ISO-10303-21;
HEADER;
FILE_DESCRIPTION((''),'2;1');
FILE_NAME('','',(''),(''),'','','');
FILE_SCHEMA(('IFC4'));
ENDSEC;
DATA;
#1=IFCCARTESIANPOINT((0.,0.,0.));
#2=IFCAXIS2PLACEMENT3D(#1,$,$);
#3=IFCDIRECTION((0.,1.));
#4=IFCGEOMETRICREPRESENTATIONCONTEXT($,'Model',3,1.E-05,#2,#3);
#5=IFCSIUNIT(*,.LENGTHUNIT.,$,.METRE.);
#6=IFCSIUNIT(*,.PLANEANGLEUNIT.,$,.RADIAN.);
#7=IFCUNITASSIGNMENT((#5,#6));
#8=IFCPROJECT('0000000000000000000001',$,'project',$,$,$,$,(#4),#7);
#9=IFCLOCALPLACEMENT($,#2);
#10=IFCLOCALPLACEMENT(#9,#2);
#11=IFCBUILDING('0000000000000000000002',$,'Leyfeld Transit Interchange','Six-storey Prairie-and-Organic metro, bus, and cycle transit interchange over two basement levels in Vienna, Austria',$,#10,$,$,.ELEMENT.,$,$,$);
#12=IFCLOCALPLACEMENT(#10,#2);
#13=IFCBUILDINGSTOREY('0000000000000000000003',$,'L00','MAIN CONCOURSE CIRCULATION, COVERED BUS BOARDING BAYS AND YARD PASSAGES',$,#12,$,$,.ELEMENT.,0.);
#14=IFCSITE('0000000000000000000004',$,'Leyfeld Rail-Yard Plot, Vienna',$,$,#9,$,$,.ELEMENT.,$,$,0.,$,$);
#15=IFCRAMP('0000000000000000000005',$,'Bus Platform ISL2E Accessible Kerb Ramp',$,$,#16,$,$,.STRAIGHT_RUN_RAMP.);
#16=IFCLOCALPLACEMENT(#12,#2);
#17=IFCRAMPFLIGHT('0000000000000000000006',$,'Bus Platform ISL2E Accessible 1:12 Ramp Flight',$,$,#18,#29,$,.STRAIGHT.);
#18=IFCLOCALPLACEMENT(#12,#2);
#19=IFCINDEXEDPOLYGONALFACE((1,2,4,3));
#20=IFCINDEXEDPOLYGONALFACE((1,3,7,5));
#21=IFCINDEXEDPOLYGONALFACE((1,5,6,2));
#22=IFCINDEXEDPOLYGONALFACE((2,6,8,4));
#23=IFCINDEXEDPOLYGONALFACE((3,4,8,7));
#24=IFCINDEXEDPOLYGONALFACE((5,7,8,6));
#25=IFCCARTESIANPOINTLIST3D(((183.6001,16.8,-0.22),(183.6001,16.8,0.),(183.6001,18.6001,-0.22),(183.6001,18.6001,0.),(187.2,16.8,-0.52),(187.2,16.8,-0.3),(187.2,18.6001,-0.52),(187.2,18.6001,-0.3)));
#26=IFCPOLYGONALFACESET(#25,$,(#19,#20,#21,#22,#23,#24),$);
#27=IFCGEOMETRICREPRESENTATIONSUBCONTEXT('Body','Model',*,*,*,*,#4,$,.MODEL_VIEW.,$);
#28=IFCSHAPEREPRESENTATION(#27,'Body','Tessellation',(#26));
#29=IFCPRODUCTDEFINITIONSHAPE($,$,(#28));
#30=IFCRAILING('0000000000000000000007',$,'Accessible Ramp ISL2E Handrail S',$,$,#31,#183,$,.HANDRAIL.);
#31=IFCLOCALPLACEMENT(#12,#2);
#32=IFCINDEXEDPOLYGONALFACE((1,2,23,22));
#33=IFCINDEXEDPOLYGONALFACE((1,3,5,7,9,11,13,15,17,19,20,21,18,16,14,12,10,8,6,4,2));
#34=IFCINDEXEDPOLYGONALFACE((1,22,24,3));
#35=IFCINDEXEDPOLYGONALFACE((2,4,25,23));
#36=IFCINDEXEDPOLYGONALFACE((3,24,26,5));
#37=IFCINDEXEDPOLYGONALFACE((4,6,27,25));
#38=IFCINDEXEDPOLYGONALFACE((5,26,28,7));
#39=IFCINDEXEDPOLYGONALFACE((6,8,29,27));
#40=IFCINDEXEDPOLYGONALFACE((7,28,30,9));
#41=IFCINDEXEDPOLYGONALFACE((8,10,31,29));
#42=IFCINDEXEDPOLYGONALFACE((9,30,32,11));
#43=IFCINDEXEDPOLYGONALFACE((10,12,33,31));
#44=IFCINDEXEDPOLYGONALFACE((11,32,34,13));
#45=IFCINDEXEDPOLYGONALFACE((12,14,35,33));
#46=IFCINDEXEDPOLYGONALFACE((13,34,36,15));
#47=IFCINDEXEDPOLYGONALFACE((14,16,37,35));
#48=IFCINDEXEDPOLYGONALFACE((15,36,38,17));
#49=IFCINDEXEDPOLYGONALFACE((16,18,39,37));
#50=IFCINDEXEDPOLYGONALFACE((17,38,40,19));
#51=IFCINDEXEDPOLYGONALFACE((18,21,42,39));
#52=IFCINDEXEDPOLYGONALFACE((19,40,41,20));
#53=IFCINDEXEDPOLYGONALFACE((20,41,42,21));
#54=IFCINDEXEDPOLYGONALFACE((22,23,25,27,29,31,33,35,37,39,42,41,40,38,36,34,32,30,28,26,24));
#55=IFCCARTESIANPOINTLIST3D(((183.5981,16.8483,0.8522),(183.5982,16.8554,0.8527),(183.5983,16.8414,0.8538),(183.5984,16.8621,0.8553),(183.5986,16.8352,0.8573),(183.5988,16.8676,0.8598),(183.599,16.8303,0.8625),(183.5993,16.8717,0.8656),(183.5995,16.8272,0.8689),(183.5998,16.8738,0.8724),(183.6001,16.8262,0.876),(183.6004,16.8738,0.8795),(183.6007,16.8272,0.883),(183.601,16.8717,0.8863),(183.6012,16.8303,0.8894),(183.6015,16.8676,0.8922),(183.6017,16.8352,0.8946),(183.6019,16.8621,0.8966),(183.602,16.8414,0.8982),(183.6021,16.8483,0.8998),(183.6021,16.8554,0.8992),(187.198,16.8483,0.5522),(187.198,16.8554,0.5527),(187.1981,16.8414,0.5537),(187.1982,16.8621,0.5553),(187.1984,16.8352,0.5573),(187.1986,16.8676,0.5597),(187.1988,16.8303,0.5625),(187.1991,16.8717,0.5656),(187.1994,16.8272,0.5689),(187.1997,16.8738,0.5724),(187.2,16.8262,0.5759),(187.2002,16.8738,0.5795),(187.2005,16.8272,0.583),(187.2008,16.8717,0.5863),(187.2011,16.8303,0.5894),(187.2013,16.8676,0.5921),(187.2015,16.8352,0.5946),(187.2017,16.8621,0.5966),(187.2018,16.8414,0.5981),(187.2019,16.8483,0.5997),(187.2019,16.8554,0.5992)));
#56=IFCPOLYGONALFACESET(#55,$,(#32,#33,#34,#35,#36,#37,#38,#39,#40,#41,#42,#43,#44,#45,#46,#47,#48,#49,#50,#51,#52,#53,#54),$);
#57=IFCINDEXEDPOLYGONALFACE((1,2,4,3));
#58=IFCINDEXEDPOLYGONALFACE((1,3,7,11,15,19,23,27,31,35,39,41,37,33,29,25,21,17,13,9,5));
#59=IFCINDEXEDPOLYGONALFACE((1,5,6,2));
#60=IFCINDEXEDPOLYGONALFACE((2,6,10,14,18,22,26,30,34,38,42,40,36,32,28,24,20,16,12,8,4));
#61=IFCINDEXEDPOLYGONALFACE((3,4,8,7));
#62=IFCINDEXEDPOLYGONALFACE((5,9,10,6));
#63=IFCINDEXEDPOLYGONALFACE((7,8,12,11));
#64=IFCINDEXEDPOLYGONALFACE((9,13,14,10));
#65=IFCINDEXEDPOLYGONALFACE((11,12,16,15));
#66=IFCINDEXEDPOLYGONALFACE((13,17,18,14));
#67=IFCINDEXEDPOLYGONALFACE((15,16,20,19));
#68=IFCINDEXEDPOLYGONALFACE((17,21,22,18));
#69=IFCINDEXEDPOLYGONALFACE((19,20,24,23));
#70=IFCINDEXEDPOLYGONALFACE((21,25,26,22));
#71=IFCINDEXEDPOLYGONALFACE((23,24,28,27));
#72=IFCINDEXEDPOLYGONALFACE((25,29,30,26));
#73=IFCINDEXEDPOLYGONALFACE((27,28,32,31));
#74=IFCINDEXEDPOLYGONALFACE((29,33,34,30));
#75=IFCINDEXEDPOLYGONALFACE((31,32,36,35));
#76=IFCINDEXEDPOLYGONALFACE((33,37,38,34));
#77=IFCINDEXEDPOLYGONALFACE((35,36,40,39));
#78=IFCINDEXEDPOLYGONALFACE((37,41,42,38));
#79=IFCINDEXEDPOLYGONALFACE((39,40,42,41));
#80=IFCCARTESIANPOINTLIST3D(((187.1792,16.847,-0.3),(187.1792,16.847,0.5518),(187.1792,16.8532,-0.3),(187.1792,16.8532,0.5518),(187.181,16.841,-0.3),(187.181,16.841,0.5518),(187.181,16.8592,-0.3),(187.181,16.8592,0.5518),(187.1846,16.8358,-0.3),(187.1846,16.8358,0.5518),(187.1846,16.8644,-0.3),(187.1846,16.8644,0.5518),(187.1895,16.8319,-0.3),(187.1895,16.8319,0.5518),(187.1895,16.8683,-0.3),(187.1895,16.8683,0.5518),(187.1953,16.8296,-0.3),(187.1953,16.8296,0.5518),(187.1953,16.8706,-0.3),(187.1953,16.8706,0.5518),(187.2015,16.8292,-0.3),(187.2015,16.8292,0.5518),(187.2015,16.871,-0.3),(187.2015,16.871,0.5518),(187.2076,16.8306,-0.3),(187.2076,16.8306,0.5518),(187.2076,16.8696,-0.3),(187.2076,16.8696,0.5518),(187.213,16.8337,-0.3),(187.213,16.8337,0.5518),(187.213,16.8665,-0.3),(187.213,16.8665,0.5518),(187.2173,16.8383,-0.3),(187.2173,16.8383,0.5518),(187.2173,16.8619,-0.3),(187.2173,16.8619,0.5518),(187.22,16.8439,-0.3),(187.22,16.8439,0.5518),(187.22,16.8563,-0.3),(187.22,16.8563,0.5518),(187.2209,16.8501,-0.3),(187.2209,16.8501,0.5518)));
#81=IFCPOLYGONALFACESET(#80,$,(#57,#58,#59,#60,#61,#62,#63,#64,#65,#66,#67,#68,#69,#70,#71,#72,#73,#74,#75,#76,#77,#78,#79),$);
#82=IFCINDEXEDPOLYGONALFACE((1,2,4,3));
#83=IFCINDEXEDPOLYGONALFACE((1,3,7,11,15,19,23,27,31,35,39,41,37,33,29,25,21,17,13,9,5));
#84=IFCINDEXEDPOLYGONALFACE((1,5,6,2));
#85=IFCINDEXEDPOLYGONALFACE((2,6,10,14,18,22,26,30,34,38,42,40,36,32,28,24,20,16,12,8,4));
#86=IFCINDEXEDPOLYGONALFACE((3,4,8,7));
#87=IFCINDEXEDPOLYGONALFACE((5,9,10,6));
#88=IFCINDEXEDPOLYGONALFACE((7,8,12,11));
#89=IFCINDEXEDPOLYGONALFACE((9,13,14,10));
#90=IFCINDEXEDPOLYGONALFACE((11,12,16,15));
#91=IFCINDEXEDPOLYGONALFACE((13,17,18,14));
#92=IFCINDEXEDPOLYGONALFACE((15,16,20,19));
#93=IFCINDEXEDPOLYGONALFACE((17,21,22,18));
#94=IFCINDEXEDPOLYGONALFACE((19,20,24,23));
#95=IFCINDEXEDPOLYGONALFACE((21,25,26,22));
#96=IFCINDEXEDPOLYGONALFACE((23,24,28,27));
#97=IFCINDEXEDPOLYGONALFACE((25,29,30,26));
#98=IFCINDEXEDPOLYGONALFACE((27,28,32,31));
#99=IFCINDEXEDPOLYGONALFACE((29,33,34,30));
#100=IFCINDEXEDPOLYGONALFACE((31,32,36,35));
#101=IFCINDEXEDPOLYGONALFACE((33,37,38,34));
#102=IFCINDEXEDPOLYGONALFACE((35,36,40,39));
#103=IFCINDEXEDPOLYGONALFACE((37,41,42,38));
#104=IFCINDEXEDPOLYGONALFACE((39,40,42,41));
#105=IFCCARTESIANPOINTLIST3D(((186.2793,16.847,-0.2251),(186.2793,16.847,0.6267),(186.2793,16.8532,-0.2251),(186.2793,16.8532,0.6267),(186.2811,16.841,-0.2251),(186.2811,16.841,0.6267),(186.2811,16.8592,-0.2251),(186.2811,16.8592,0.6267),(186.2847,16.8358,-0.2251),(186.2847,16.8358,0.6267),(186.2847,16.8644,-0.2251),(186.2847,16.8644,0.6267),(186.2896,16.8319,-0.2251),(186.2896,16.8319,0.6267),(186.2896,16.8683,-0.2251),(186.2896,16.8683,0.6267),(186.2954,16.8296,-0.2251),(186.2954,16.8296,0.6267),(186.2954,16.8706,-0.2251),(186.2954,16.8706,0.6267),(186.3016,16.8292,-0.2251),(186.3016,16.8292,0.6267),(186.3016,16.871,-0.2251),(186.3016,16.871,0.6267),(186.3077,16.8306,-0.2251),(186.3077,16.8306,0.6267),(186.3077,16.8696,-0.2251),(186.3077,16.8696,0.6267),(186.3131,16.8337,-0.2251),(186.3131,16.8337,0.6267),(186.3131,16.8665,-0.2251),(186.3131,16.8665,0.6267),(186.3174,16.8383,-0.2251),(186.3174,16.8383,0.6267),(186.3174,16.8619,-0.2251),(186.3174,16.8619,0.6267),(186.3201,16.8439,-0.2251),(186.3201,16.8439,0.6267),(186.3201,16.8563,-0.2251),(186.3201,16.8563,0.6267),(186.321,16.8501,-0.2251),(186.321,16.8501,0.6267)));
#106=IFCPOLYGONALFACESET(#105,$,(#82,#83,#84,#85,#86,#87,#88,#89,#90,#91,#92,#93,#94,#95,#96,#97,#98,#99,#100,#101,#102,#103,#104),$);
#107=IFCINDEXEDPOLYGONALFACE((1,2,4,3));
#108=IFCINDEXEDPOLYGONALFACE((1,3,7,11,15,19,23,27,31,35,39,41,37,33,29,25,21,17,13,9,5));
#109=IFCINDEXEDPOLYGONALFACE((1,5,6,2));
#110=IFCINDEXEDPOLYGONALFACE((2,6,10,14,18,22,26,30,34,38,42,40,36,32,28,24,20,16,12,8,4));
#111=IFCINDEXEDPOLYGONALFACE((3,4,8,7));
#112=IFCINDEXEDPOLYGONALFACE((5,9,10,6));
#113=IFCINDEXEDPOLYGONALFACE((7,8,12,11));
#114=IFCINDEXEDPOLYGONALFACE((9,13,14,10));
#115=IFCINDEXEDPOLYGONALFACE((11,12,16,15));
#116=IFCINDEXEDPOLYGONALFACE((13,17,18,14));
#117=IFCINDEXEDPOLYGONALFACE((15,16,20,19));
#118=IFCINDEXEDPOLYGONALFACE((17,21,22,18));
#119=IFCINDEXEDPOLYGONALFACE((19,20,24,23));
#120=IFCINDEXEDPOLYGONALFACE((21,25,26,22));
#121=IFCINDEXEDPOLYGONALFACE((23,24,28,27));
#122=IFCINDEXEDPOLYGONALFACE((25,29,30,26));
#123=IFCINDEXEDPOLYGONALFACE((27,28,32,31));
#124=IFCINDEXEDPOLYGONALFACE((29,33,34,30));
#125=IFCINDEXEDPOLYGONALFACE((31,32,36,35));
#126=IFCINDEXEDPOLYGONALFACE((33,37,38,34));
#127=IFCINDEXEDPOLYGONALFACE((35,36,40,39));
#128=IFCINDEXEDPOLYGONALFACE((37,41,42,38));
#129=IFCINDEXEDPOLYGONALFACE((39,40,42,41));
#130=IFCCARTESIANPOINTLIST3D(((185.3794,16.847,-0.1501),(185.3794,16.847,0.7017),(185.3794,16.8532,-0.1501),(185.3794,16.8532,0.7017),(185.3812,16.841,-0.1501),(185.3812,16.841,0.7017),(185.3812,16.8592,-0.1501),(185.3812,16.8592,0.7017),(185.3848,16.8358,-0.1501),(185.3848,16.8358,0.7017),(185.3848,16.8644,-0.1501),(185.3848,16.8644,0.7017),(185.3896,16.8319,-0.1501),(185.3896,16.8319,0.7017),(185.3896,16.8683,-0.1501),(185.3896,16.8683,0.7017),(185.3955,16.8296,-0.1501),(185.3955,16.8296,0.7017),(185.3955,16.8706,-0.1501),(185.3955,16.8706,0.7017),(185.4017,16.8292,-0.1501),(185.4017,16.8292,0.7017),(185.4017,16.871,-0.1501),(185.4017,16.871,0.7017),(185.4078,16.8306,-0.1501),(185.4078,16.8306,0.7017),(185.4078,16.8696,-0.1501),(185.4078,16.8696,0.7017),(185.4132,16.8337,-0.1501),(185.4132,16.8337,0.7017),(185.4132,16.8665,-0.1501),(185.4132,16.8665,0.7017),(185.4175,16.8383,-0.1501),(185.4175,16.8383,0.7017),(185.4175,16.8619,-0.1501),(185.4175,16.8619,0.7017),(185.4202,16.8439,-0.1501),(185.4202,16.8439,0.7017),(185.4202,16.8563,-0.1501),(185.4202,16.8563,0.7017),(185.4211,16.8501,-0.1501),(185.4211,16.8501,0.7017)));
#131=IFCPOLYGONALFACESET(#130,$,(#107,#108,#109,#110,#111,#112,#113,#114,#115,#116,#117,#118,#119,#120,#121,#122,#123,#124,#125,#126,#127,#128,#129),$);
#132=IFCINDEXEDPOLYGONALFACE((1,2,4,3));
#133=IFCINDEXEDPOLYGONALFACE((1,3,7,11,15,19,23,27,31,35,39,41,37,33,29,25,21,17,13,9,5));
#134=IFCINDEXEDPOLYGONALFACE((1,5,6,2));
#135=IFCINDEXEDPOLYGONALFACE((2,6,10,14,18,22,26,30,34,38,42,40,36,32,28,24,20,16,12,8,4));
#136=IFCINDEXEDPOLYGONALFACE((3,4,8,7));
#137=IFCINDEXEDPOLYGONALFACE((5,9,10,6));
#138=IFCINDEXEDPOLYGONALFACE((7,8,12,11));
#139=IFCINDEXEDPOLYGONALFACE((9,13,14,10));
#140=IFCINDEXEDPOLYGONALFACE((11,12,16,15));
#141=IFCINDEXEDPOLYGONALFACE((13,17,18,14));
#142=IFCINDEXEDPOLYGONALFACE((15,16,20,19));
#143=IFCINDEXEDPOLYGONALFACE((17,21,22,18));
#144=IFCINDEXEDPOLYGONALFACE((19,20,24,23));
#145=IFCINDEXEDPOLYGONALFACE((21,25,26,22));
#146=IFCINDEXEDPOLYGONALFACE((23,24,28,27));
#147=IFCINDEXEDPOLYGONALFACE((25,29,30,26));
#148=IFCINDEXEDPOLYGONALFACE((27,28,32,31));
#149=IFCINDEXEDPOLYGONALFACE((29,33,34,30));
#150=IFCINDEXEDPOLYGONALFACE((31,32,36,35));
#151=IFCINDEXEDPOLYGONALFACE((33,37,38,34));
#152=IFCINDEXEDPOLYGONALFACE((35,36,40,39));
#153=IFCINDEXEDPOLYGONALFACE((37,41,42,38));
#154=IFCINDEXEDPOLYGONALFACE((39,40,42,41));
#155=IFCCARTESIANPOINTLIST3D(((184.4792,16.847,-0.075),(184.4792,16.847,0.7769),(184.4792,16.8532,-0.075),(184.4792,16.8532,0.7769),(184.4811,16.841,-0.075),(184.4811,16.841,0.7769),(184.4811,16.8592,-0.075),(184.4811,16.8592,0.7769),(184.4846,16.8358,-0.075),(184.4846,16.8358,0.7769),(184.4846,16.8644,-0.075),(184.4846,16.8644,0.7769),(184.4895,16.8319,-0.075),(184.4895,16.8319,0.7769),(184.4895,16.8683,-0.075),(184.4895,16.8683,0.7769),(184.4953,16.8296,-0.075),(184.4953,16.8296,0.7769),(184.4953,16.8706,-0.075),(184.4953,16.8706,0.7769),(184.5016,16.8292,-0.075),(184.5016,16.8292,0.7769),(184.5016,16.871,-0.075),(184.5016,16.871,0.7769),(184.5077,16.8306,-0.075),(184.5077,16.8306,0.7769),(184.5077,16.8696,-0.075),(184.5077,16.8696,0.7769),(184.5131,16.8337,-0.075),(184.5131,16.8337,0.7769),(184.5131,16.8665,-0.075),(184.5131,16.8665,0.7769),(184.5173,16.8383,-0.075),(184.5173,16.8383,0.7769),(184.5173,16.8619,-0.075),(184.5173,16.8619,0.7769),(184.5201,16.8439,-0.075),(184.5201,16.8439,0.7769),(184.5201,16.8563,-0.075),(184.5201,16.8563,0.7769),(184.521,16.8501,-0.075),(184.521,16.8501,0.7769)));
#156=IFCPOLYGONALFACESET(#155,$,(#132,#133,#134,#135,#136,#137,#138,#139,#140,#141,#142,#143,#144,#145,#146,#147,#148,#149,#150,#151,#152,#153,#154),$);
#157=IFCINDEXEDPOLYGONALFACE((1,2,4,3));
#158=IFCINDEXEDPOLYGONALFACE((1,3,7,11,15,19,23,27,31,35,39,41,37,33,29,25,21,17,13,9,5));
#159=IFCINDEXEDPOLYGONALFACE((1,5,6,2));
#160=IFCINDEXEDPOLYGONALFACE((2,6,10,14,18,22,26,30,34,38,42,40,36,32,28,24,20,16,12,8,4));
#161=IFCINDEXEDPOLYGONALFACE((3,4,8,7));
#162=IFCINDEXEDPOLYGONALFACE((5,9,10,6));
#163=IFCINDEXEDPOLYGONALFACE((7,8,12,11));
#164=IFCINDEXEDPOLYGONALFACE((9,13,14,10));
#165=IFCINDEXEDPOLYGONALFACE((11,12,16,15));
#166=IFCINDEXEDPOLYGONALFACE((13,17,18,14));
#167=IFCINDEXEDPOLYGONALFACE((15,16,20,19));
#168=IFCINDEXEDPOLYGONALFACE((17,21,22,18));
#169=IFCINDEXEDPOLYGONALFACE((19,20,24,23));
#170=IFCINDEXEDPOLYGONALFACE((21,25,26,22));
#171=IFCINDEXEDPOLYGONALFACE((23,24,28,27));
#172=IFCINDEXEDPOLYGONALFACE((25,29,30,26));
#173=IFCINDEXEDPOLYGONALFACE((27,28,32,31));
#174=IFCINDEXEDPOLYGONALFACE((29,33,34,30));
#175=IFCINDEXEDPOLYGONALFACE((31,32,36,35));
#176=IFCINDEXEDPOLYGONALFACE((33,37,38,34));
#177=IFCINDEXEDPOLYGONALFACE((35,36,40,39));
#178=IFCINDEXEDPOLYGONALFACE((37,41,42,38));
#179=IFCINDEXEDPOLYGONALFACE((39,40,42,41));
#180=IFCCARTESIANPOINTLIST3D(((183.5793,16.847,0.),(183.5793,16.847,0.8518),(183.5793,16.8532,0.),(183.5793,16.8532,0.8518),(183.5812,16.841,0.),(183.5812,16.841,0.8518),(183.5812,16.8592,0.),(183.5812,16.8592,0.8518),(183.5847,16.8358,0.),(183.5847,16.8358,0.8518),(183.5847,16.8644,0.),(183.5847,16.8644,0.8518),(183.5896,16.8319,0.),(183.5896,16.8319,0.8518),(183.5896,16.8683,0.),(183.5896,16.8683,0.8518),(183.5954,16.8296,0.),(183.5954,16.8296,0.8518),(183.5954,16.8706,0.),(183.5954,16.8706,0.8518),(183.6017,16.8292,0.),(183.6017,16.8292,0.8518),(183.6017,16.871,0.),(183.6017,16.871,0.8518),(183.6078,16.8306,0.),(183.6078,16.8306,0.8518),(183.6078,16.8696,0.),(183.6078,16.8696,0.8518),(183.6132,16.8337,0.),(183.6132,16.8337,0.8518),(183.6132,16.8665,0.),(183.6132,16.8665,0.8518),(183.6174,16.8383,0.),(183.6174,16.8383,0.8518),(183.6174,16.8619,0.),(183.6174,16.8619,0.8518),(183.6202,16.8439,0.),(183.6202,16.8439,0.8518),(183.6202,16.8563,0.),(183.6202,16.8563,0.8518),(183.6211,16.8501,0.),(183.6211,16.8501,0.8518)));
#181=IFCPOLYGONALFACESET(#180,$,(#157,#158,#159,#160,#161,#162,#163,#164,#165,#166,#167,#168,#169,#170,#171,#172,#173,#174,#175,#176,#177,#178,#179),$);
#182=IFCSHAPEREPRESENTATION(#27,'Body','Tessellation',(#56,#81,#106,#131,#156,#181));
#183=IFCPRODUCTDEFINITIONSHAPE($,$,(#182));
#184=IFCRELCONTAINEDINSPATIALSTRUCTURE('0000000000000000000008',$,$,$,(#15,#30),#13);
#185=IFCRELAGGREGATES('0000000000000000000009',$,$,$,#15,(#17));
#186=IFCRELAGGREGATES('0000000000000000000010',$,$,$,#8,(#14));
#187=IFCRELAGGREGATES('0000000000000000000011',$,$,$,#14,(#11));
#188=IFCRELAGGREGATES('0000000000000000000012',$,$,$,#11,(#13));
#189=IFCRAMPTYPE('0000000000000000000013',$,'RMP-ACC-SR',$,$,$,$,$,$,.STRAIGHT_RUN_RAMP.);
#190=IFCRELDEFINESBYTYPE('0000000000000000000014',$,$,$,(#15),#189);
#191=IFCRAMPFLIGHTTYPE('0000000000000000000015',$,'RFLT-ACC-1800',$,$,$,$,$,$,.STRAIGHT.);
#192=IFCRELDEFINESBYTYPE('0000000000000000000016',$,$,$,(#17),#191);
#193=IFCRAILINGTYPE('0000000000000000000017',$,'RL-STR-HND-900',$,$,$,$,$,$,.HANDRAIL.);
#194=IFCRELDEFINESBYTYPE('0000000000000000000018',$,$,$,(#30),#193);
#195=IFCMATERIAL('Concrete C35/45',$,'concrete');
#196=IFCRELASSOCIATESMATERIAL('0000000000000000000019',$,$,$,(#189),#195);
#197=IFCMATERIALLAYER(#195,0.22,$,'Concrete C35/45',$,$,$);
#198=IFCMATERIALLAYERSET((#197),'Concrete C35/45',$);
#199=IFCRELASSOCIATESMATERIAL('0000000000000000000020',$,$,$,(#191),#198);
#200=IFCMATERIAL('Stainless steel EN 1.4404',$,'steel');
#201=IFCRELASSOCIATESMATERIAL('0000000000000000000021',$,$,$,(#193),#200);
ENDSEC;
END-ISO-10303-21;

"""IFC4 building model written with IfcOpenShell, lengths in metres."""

from ifc_helpers import new_model, si_unit, direction, frame, origin, origin_2d, place, context, subcontext, project, spatial, polyline, circle, outline, extrude, material, layer, layer_set, type_object, element, aggregate, save


model = new_model("IFC4")

# Units and contexts
model_context = context("Model", 3, precision=1e-05, world=origin(), true_north=direction((0.0, 1.0)))
body_context = subcontext(model_context, "Body", "Model", "MODEL_VIEW")
ifc_project = project(units=[si_unit("LENGTHUNIT", "METRE"), si_unit("PLANEANGLEUNIT", "RADIAN")], contexts=[model_context])

# Site, building, storey
site_placement = place(None, origin())
site = spatial("IfcSite", under=ifc_project, at=site_placement, Name="Leyfeld Rail-Yard Plot, Vienna", CompositionType="ELEMENT", RefElevation=0.0)
building_placement = place(site_placement, origin())
building = spatial("IfcBuilding", under=site, at=building_placement, Name="Leyfeld Transit Interchange", Description="Six-storey Prairie-and-Organic metro, bus, and cycle transit interchange over two basement levels in Vienna, Austria", CompositionType="ELEMENT")
storey_placement = place(building_placement, origin())
storey = spatial("IfcBuildingStorey", under=building, at=storey_placement, Name="L00", Description="MAIN CONCOURSE CIRCULATION, COVERED BUS BOARDING BAYS AND YARD PASSAGES", CompositionType="ELEMENT", Elevation=0.0)

# Shared definitions
ifc_material_1 = material(Name="Concrete C35/45", Category="concrete")

# Ramp, ramp flight
ramp_type = type_object("IfcRampType", Name="RMP-ACC-SR", PredefinedType="STRAIGHT_RUN_RAMP", material=ifc_material_1)
ramp_placement = place(storey_placement, origin())
ramp = element("IfcRamp", 1, at=ramp_placement, inside=storey, type_object=ramp_type, Name="Bus Platform ISL2E Accessible Kerb Ramp", PredefinedType="STRAIGHT_RUN_RAMP")
ifc_layer_1 = layer(ifc_material_1, 0.22, Name="Concrete C35/45")
ifc_layer_set_1 = layer_set([ifc_layer_1], Name="Concrete C35/45")
ramp_flight_type = type_object("IfcRampFlightType", Name="RFLT-ACC-1800", PredefinedType="STRAIGHT", material=ifc_layer_set_1)
ramp_flight_placement = place(storey_placement, frame((187.2, 17.7, -0.3), z_axis=(0.0, 0.0, 1.0), x_axis=(-1.0, 0.0, 0.0)))
ramp_flight = element("IfcRampFlight", 2, at=ramp_flight_placement, type_object=ramp_flight_type, Name="Bus Platform ISL2E Accessible 1:12 Ramp Flight", PredefinedType="STRAIGHT", context=body_context, shape_type="SweptSolid", body=[
    extrude(outline(polyline([(0.0, 0.0), (3.5999, 0.3), (3.5999, 0.0801), (0.0, -0.22), (0.0, 0.0)])), frame((0.0, 0.8999, 0.0), z_axis=(0.0, -1.0, 0.0), x_axis=(1.0, 0.0, 0.0)), (0.0, 0.0, 1.0), 1.8),
])
aggregate(ramp, [ramp_flight])

# Railing
ifc_material_2 = material(Name="Stainless steel EN 1.4404", Category="steel")
railing_type = type_object("IfcRailingType", Name="RL-STR-HND-900", PredefinedType="HANDRAIL", material=ifc_material_2)
for number, where, name in (
    (3, (187.2, 16.8501, -0.3), "Accessible Ramp ISL2E Handrail S"),
):
    element("IfcRailing", number, at=place(storey_placement, frame(where)), inside=storey, type_object=railing_type, Name=name, PredefinedType="HANDRAIL", context=body_context, shape_type="SweptSolid", body=[
        extrude(circle(Radius=0.0239, at=origin_2d()), frame((0.0, 0.0, 0.876), z_axis=(-0.996544, 0.0, 0.083062), x_axis=(0.0, -1.0, 0.0)), (0.0, 0.0, 1.0), 3.6123),
        extrude(circle(Radius=0.021, at=origin_2d()), origin(), (0.0, 0.0, 1.0), 0.8518),
        extrude(circle(Radius=0.021, at=origin_2d()), frame((-0.8999, 0.0, 0.075)), (0.0, 0.0, 1.0), 0.8518),
        extrude(circle(Radius=0.021, at=origin_2d()), frame((-1.7998, 0.0, 0.1499)), (0.0, 0.0, 1.0), 0.8518),
        extrude(circle(Radius=0.021, at=origin_2d()), frame((-2.7, 0.0, 0.2251)), (0.0, 0.0, 1.0), 0.8518),
        extrude(circle(Radius=0.021, at=origin_2d()), frame((-3.5999, 0.0, 0.3)), (0.0, 0.0, 1.0), 0.8518),
    ])

save(model, "model.ifc")
